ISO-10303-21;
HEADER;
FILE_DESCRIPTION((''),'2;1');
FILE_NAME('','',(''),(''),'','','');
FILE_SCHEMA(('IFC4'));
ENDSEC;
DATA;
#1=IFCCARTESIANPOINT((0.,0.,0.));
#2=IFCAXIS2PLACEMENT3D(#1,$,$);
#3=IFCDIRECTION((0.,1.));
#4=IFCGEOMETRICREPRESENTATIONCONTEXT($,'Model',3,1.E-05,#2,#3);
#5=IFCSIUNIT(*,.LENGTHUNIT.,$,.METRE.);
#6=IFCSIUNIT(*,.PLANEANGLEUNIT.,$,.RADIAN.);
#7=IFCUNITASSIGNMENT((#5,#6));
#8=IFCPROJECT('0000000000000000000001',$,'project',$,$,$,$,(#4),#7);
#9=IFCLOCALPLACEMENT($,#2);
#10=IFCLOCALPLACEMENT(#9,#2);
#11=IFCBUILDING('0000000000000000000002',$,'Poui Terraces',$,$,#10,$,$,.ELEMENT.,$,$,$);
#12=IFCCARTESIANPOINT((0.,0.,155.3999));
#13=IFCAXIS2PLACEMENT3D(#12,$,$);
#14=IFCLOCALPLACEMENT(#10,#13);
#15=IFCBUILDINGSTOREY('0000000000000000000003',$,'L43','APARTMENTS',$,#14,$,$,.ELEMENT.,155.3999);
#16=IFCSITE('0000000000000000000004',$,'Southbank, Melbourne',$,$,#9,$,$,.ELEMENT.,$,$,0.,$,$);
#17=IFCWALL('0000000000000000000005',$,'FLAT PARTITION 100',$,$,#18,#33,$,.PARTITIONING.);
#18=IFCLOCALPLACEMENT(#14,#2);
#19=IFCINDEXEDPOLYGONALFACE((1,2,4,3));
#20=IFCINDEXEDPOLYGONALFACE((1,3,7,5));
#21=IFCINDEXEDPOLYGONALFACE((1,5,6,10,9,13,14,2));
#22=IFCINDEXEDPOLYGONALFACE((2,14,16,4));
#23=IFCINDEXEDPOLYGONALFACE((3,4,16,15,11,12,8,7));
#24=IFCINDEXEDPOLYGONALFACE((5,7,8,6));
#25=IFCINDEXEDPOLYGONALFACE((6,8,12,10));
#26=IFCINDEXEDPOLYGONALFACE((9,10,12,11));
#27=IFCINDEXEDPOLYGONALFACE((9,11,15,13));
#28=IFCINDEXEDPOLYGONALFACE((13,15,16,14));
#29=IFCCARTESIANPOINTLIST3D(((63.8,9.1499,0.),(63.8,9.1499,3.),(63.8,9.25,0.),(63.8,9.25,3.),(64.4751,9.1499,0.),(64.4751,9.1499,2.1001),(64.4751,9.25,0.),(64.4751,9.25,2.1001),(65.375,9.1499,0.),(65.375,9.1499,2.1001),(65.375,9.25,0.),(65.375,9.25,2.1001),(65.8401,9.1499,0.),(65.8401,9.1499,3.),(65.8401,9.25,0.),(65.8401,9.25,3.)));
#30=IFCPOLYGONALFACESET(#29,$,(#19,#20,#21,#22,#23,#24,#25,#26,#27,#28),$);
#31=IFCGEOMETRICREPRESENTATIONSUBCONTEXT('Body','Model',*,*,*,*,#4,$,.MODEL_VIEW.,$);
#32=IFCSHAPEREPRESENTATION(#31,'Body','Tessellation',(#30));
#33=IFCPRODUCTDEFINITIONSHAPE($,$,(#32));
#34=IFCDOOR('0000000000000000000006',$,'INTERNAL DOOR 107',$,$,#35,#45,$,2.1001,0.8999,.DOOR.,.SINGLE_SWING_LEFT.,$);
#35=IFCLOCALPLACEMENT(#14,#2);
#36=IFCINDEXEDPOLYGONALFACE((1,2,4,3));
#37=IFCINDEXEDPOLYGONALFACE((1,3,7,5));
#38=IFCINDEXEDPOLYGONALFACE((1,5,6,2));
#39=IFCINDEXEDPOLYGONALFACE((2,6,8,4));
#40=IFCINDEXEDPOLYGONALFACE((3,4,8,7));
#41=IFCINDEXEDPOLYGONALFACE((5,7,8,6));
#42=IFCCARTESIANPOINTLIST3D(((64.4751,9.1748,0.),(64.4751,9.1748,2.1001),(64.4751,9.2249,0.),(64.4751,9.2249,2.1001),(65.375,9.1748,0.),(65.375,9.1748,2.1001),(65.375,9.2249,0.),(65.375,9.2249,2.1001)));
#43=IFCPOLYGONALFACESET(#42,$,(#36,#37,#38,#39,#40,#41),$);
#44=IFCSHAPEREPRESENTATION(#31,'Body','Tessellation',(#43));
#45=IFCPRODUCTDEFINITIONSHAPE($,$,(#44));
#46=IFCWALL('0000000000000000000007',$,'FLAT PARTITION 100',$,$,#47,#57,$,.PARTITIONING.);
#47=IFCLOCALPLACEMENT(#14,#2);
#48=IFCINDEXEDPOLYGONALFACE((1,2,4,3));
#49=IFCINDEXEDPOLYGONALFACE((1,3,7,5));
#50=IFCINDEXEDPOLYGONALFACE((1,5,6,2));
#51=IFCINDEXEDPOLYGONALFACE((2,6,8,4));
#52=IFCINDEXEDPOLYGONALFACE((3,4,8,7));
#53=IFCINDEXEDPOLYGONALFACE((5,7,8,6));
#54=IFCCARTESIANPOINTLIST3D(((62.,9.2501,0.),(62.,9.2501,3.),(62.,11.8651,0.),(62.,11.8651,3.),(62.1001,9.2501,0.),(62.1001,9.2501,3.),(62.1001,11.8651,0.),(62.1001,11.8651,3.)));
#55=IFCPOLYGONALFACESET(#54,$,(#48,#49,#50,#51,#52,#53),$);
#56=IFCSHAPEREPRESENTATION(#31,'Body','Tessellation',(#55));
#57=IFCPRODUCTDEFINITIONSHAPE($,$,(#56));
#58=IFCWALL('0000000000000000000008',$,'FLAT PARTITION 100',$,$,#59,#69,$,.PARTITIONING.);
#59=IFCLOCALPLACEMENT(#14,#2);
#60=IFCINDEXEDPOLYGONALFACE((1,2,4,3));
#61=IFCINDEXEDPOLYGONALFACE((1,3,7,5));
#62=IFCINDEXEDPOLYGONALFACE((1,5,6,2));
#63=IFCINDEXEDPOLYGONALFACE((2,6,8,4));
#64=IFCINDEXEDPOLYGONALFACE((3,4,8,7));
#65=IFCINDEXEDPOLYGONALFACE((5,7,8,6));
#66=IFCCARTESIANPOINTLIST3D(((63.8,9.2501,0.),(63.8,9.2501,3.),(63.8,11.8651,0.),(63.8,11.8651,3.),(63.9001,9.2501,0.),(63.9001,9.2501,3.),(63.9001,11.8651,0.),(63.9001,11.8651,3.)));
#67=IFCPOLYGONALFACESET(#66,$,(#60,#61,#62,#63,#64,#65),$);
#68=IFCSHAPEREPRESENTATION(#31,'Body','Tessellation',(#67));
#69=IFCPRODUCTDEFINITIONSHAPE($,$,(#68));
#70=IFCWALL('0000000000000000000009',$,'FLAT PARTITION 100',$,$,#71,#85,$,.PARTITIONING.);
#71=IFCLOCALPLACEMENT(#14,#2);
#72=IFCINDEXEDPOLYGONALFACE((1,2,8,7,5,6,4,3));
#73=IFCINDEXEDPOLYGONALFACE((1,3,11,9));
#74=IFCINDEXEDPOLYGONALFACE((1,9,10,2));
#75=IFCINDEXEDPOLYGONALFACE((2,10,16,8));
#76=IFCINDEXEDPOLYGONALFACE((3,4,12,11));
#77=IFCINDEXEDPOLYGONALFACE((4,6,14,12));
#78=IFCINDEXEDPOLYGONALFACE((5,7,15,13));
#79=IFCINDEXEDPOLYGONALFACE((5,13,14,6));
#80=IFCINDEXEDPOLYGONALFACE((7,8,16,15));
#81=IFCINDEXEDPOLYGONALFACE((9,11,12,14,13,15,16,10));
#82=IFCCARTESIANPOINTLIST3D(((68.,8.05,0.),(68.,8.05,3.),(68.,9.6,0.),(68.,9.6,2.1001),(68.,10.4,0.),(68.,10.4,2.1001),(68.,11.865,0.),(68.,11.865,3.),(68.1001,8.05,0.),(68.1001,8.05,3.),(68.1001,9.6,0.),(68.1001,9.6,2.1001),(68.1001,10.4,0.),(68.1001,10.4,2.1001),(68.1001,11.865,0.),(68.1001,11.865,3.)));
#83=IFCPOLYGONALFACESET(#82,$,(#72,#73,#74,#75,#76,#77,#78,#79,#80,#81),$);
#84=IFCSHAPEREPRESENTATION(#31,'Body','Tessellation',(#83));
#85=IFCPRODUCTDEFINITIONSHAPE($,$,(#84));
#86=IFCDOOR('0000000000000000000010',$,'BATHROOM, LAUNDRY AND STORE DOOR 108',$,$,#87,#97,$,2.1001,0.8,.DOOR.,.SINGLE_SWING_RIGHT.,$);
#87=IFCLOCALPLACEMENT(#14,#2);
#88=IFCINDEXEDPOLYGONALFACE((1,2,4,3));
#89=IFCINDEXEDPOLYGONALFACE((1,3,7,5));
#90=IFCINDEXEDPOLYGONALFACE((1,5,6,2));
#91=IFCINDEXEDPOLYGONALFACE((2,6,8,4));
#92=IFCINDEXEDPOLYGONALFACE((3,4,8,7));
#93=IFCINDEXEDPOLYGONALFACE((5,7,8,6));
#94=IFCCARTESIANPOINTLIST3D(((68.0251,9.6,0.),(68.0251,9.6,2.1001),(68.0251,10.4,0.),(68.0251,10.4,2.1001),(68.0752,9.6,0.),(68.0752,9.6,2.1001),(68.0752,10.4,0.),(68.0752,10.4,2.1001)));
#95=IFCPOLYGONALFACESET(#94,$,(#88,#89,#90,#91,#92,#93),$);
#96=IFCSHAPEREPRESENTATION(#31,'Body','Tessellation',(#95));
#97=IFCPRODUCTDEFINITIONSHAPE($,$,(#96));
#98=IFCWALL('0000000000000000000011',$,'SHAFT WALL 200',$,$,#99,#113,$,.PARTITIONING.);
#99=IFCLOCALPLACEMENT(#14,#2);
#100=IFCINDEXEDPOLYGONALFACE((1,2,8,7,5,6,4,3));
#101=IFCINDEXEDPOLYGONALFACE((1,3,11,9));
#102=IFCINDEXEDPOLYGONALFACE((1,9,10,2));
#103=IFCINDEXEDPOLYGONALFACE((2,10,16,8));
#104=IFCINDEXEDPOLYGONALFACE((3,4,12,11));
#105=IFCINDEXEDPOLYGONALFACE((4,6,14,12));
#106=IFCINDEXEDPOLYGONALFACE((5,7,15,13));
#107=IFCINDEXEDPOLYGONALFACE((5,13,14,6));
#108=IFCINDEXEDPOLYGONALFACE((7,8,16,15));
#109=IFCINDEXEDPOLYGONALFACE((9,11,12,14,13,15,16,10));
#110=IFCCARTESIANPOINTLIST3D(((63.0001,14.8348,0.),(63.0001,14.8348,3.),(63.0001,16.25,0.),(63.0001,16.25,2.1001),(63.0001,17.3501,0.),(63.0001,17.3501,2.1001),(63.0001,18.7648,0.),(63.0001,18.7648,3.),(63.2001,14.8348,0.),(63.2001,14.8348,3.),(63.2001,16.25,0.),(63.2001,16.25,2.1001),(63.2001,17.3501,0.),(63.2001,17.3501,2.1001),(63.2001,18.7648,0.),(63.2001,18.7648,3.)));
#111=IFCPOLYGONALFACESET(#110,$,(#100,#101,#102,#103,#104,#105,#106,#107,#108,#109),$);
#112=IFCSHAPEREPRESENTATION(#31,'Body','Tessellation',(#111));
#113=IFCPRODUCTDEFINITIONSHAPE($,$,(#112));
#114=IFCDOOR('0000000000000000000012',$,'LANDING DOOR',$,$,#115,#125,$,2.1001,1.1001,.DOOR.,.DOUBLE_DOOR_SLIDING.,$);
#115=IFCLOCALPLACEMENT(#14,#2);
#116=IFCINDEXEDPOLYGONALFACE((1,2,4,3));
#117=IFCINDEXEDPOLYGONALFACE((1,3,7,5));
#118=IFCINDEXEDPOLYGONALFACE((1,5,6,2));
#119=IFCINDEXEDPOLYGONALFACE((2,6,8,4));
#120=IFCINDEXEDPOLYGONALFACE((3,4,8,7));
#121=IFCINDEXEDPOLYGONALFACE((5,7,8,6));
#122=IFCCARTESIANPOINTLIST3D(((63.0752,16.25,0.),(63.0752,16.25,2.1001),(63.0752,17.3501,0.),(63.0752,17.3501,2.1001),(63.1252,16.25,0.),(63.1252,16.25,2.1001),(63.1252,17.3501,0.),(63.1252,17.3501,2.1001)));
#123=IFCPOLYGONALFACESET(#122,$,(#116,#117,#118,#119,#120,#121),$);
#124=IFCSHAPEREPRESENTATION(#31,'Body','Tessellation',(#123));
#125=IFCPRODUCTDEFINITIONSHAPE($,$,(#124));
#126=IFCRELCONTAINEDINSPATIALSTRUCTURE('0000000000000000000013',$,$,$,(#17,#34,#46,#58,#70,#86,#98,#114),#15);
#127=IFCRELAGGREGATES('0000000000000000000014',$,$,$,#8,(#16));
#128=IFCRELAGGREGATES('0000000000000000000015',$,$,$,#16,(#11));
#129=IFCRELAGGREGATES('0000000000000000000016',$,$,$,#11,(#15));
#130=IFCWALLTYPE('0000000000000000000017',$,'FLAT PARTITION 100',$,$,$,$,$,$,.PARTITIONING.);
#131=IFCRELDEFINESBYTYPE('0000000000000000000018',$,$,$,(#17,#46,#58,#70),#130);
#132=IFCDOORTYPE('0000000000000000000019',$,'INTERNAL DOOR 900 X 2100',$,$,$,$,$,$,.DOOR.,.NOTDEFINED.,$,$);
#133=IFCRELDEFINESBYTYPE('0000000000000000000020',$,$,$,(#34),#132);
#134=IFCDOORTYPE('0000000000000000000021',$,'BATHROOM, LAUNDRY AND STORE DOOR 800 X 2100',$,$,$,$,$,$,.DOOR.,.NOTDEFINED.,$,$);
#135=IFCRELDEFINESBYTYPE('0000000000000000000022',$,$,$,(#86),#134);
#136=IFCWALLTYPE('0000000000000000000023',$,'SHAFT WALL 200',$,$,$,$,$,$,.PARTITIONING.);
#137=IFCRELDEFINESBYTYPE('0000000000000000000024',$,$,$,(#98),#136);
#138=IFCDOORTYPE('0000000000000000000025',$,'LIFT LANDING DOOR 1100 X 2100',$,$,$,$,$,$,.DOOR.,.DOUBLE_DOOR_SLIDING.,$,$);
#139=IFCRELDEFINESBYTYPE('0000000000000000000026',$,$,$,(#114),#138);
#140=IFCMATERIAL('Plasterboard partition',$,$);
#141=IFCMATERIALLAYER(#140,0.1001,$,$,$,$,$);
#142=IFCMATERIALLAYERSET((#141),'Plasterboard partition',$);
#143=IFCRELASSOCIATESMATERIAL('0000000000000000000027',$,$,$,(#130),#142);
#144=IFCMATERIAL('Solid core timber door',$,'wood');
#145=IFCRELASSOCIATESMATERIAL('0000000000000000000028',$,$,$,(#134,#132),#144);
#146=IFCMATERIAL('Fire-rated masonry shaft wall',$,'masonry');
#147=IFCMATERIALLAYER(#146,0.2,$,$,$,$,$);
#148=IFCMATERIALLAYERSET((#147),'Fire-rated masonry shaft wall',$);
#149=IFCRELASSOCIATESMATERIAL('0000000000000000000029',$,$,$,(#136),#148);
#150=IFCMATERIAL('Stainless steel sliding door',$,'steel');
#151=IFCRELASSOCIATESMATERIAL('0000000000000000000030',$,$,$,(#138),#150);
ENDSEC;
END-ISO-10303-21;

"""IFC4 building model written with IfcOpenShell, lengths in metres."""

from ifc_helpers import new_model, si_unit, direction, frame, frame_2d, origin, place, context, subcontext, project, spatial, rectangle, extrude, material, layer, layer_set, type_object, element, fill, save


model = new_model("IFC4")

# Units and contexts
model_context = context("Model", 3, precision=1e-05, world=origin(), true_north=direction((0.0, 1.0)))
body_context = subcontext(model_context, "Body", "Model", "MODEL_VIEW")
ifc_project = project(units=[si_unit("LENGTHUNIT", "METRE"), si_unit("PLANEANGLEUNIT", "RADIAN")], contexts=[model_context])

# Site, building, storey
site_placement = place(None, origin())
site = spatial("IfcSite", under=ifc_project, at=site_placement, Name="Southbank, Melbourne", CompositionType="ELEMENT", RefElevation=0.0)
building_placement = place(site_placement, origin())
building = spatial("IfcBuilding", under=site, at=building_placement, Name="Poui Terraces", CompositionType="ELEMENT")
storey_placement = place(building_placement, frame((0.0, 0.0, 155.3999)))
storey = spatial("IfcBuildingStorey", under=building, at=storey_placement, Name="L43", Description="APARTMENTS", CompositionType="ELEMENT", Elevation=155.3999)

# Wall, opening, door
ifc_material_1 = material(Name="Plasterboard partition")
ifc_layer_1 = layer(ifc_material_1, 0.1001)
ifc_layer_set_1 = layer_set([ifc_layer_1], Name="Plasterboard partition")
wall_type_1 = type_object("IfcWallType", Name="FLAT PARTITION 100", PredefinedType="PARTITIONING", material=ifc_layer_set_1)
ifc_material_2 = material(Name="Solid core timber door", Category="wood")
door_type_1 = type_object("IfcDoorType", Name="BATHROOM, LAUNDRY AND STORE DOOR 800 X 2100", OperationType="NOTDEFINED", PredefinedType="DOOR", material=ifc_material_2)
wall_1_placement = place(storey_placement, frame((63.8, 9.2, 0.0), z_axis=(0.0, 0.0, 1.0), x_axis=(1.0, 0.0, 0.0)))
wall_1 = element("IfcWall", 1, at=wall_1_placement, inside=storey, type_object=wall_type_1, Name="FLAT PARTITION 100", PredefinedType="PARTITIONING", context=body_context, shape_type="SweptSolid", body=[
    extrude(rectangle(XDim=2.04, YDim=0.1001, at=frame_2d((1.02, 0.0))), origin(), (0.0, 0.0, 1.0), 3.0),
])
opening_1_placement = place(wall_1_placement, frame((0.675, 0.0, 0.0)))
opening_1 = element("IfcOpeningElement", 2, at=opening_1_placement, cuts=wall_1, PredefinedType="OPENING", context=body_context, shape_type="SweptSolid", body=[
    extrude(rectangle(XDim=0.8999, YDim=2.1001, at=frame_2d((0.45, 1.05))), frame((0.0, 0.0601, 0.0), z_axis=(0.0, -1.0, 0.0), x_axis=(1.0, 0.0, 0.0)), (0.0, 0.0, 1.0), 0.1201),
])
door_type_2 = type_object("IfcDoorType", Name="INTERNAL DOOR 900 X 2100", OperationType="NOTDEFINED", PredefinedType="DOOR", material=ifc_material_2)
door_1_placement = place(opening_1_placement, origin())
door_1 = element("IfcDoor", 3, at=door_1_placement, inside=storey, type_object=door_type_2, Name="INTERNAL DOOR 107", OperationType="SINGLE_SWING_LEFT", OverallHeight=2.1001, OverallWidth=0.8999, PredefinedType="DOOR", context=body_context, shape_type="SweptSolid", body=[
    extrude(rectangle(XDim=0.8999, YDim=2.1001, at=frame_2d((0.45, 1.05))), frame((0.0, 0.0249, 0.0), z_axis=(0.0, -1.0, 0.0), x_axis=(1.0, 0.0, 0.0)), (0.0, 0.0, 1.0), 0.05),
])
fill(opening_1, door_1)

# Walls
for number, where, z_axis, x_axis, name in (
    (4, (62.05, 9.25, 0.0), (0.0, 0.0, 1.0), (0.0, 1.0, 0.0), "FLAT PARTITION 100"),
    (5, (63.8501, 9.25, 0.0), (0.0, 0.0, 1.0), (0.0, 1.0, 0.0), "FLAT PARTITION 100"),
):
    element("IfcWall", number, at=place(storey_placement, frame(where, z_axis=z_axis, x_axis=x_axis)), inside=storey, type_object=wall_type_1, Name=name, PredefinedType="PARTITIONING", context=body_context, shape_type="SweptSolid", body=[
        extrude(rectangle(XDim=2.615, YDim=0.1001, at=frame_2d((1.3076, 0.0))), origin(), (0.0, 0.0, 1.0), 3.0),
    ])

# Wall, opening, door
wall_2_placement = place(storey_placement, frame((68.05, 8.05, 0.0), z_axis=(0.0, 0.0, 1.0), x_axis=(0.0, 1.0, 0.0)))
wall_2 = element("IfcWall", 6, at=wall_2_placement, inside=storey, type_object=wall_type_1, Name="FLAT PARTITION 100", PredefinedType="PARTITIONING", context=body_context, shape_type="SweptSolid", body=[
    extrude(rectangle(XDim=3.8149, YDim=0.1001, at=frame_2d((1.9075, 0.0))), origin(), (0.0, 0.0, 1.0), 3.0),
])
opening_2_placement = place(wall_2_placement, frame((1.55, 0.0, 0.0)))
opening_2 = element("IfcOpeningElement", 7, at=opening_2_placement, cuts=wall_2, PredefinedType="OPENING", context=body_context, shape_type="SweptSolid", body=[
    extrude(rectangle(XDim=0.8, YDim=2.1001, at=frame_2d((0.3999, 1.05))), frame((0.0, 0.0601, 0.0), z_axis=(0.0, -1.0, 0.0), x_axis=(1.0, 0.0, 0.0)), (0.0, 0.0, 1.0), 0.1201),
])
door_2_placement = place(opening_2_placement, origin())
door_2 = element("IfcDoor", 8, at=door_2_placement, inside=storey, type_object=door_type_1, Name="BATHROOM, LAUNDRY AND STORE DOOR 108", OperationType="SINGLE_SWING_RIGHT", OverallHeight=2.1001, OverallWidth=0.8, PredefinedType="DOOR", context=body_context, shape_type="SweptSolid", body=[
    extrude(rectangle(XDim=0.8, YDim=2.1001, at=frame_2d((0.3999, 1.05))), frame((0.0, 0.0249, 0.0), z_axis=(0.0, -1.0, 0.0), x_axis=(1.0, 0.0, 0.0)), (0.0, 0.0, 1.0), 0.05),
])
fill(opening_2, door_2)

# Shared definitions
ifc_material_3 = material(Name="Fire-rated masonry shaft wall", Category="masonry")
ifc_layer_2 = layer(ifc_material_3, 0.2)
ifc_layer_set_2 = layer_set([ifc_layer_2], Name="Fire-rated masonry shaft wall")
wall_type_2 = type_object("IfcWallType", Name="SHAFT WALL 200", PredefinedType="PARTITIONING", material=ifc_layer_set_2)

# Wall, opening, door
wall_3_placement = place(storey_placement, frame((63.1001, 14.835, 0.0), z_axis=(0.0, 0.0, 1.0), x_axis=(0.0, 1.0, 0.0)))
wall_3 = element("IfcWall", 9, at=wall_3_placement, inside=storey, type_object=wall_type_2, Name="SHAFT WALL 200", PredefinedType="PARTITIONING", context=body_context, shape_type="SweptSolid", body=[
    extrude(rectangle(XDim=3.9299, YDim=0.2, at=frame_2d((1.9648, 0.0))), origin(), (0.0, 0.0, 1.0), 3.0),
])
opening_3_placement = place(wall_3_placement, frame((1.415, 0.0, 0.0)))
opening_3 = element("IfcOpeningElement", 10, at=opening_3_placement, cuts=wall_3, PredefinedType="OPENING", context=body_context, shape_type="SweptSolid", body=[
    extrude(rectangle(XDim=1.1001, YDim=2.1001, at=frame_2d((0.55, 1.05))), frame((0.0, 0.1099, 0.0), z_axis=(0.0, -1.0, 0.0), x_axis=(1.0, 0.0, 0.0)), (0.0, 0.0, 1.0), 0.22),
])
ifc_material_4 = material(Name="Stainless steel sliding door", Category="steel")
door_type_3 = type_object("IfcDoorType", Name="LIFT LANDING DOOR 1100 X 2100", OperationType="DOUBLE_DOOR_SLIDING", PredefinedType="DOOR", material=ifc_material_4)
door_3_placement = place(opening_3_placement, origin())
door_3 = element("IfcDoor", 11, at=door_3_placement, inside=storey, type_object=door_type_3, Name="LANDING DOOR", OperationType="DOUBLE_DOOR_SLIDING", OverallHeight=2.1001, OverallWidth=1.1001, PredefinedType="DOOR", context=body_context, shape_type="SweptSolid", body=[
    extrude(rectangle(XDim=1.1001, YDim=2.1001, at=frame_2d((0.55, 1.05))), frame((0.0, 0.0249, 0.0), z_axis=(0.0, -1.0, 0.0), x_axis=(1.0, 0.0, 0.0)), (0.0, 0.0, 1.0), 0.05),
])
fill(opening_3, door_3)

save(model, "model.ifc")
